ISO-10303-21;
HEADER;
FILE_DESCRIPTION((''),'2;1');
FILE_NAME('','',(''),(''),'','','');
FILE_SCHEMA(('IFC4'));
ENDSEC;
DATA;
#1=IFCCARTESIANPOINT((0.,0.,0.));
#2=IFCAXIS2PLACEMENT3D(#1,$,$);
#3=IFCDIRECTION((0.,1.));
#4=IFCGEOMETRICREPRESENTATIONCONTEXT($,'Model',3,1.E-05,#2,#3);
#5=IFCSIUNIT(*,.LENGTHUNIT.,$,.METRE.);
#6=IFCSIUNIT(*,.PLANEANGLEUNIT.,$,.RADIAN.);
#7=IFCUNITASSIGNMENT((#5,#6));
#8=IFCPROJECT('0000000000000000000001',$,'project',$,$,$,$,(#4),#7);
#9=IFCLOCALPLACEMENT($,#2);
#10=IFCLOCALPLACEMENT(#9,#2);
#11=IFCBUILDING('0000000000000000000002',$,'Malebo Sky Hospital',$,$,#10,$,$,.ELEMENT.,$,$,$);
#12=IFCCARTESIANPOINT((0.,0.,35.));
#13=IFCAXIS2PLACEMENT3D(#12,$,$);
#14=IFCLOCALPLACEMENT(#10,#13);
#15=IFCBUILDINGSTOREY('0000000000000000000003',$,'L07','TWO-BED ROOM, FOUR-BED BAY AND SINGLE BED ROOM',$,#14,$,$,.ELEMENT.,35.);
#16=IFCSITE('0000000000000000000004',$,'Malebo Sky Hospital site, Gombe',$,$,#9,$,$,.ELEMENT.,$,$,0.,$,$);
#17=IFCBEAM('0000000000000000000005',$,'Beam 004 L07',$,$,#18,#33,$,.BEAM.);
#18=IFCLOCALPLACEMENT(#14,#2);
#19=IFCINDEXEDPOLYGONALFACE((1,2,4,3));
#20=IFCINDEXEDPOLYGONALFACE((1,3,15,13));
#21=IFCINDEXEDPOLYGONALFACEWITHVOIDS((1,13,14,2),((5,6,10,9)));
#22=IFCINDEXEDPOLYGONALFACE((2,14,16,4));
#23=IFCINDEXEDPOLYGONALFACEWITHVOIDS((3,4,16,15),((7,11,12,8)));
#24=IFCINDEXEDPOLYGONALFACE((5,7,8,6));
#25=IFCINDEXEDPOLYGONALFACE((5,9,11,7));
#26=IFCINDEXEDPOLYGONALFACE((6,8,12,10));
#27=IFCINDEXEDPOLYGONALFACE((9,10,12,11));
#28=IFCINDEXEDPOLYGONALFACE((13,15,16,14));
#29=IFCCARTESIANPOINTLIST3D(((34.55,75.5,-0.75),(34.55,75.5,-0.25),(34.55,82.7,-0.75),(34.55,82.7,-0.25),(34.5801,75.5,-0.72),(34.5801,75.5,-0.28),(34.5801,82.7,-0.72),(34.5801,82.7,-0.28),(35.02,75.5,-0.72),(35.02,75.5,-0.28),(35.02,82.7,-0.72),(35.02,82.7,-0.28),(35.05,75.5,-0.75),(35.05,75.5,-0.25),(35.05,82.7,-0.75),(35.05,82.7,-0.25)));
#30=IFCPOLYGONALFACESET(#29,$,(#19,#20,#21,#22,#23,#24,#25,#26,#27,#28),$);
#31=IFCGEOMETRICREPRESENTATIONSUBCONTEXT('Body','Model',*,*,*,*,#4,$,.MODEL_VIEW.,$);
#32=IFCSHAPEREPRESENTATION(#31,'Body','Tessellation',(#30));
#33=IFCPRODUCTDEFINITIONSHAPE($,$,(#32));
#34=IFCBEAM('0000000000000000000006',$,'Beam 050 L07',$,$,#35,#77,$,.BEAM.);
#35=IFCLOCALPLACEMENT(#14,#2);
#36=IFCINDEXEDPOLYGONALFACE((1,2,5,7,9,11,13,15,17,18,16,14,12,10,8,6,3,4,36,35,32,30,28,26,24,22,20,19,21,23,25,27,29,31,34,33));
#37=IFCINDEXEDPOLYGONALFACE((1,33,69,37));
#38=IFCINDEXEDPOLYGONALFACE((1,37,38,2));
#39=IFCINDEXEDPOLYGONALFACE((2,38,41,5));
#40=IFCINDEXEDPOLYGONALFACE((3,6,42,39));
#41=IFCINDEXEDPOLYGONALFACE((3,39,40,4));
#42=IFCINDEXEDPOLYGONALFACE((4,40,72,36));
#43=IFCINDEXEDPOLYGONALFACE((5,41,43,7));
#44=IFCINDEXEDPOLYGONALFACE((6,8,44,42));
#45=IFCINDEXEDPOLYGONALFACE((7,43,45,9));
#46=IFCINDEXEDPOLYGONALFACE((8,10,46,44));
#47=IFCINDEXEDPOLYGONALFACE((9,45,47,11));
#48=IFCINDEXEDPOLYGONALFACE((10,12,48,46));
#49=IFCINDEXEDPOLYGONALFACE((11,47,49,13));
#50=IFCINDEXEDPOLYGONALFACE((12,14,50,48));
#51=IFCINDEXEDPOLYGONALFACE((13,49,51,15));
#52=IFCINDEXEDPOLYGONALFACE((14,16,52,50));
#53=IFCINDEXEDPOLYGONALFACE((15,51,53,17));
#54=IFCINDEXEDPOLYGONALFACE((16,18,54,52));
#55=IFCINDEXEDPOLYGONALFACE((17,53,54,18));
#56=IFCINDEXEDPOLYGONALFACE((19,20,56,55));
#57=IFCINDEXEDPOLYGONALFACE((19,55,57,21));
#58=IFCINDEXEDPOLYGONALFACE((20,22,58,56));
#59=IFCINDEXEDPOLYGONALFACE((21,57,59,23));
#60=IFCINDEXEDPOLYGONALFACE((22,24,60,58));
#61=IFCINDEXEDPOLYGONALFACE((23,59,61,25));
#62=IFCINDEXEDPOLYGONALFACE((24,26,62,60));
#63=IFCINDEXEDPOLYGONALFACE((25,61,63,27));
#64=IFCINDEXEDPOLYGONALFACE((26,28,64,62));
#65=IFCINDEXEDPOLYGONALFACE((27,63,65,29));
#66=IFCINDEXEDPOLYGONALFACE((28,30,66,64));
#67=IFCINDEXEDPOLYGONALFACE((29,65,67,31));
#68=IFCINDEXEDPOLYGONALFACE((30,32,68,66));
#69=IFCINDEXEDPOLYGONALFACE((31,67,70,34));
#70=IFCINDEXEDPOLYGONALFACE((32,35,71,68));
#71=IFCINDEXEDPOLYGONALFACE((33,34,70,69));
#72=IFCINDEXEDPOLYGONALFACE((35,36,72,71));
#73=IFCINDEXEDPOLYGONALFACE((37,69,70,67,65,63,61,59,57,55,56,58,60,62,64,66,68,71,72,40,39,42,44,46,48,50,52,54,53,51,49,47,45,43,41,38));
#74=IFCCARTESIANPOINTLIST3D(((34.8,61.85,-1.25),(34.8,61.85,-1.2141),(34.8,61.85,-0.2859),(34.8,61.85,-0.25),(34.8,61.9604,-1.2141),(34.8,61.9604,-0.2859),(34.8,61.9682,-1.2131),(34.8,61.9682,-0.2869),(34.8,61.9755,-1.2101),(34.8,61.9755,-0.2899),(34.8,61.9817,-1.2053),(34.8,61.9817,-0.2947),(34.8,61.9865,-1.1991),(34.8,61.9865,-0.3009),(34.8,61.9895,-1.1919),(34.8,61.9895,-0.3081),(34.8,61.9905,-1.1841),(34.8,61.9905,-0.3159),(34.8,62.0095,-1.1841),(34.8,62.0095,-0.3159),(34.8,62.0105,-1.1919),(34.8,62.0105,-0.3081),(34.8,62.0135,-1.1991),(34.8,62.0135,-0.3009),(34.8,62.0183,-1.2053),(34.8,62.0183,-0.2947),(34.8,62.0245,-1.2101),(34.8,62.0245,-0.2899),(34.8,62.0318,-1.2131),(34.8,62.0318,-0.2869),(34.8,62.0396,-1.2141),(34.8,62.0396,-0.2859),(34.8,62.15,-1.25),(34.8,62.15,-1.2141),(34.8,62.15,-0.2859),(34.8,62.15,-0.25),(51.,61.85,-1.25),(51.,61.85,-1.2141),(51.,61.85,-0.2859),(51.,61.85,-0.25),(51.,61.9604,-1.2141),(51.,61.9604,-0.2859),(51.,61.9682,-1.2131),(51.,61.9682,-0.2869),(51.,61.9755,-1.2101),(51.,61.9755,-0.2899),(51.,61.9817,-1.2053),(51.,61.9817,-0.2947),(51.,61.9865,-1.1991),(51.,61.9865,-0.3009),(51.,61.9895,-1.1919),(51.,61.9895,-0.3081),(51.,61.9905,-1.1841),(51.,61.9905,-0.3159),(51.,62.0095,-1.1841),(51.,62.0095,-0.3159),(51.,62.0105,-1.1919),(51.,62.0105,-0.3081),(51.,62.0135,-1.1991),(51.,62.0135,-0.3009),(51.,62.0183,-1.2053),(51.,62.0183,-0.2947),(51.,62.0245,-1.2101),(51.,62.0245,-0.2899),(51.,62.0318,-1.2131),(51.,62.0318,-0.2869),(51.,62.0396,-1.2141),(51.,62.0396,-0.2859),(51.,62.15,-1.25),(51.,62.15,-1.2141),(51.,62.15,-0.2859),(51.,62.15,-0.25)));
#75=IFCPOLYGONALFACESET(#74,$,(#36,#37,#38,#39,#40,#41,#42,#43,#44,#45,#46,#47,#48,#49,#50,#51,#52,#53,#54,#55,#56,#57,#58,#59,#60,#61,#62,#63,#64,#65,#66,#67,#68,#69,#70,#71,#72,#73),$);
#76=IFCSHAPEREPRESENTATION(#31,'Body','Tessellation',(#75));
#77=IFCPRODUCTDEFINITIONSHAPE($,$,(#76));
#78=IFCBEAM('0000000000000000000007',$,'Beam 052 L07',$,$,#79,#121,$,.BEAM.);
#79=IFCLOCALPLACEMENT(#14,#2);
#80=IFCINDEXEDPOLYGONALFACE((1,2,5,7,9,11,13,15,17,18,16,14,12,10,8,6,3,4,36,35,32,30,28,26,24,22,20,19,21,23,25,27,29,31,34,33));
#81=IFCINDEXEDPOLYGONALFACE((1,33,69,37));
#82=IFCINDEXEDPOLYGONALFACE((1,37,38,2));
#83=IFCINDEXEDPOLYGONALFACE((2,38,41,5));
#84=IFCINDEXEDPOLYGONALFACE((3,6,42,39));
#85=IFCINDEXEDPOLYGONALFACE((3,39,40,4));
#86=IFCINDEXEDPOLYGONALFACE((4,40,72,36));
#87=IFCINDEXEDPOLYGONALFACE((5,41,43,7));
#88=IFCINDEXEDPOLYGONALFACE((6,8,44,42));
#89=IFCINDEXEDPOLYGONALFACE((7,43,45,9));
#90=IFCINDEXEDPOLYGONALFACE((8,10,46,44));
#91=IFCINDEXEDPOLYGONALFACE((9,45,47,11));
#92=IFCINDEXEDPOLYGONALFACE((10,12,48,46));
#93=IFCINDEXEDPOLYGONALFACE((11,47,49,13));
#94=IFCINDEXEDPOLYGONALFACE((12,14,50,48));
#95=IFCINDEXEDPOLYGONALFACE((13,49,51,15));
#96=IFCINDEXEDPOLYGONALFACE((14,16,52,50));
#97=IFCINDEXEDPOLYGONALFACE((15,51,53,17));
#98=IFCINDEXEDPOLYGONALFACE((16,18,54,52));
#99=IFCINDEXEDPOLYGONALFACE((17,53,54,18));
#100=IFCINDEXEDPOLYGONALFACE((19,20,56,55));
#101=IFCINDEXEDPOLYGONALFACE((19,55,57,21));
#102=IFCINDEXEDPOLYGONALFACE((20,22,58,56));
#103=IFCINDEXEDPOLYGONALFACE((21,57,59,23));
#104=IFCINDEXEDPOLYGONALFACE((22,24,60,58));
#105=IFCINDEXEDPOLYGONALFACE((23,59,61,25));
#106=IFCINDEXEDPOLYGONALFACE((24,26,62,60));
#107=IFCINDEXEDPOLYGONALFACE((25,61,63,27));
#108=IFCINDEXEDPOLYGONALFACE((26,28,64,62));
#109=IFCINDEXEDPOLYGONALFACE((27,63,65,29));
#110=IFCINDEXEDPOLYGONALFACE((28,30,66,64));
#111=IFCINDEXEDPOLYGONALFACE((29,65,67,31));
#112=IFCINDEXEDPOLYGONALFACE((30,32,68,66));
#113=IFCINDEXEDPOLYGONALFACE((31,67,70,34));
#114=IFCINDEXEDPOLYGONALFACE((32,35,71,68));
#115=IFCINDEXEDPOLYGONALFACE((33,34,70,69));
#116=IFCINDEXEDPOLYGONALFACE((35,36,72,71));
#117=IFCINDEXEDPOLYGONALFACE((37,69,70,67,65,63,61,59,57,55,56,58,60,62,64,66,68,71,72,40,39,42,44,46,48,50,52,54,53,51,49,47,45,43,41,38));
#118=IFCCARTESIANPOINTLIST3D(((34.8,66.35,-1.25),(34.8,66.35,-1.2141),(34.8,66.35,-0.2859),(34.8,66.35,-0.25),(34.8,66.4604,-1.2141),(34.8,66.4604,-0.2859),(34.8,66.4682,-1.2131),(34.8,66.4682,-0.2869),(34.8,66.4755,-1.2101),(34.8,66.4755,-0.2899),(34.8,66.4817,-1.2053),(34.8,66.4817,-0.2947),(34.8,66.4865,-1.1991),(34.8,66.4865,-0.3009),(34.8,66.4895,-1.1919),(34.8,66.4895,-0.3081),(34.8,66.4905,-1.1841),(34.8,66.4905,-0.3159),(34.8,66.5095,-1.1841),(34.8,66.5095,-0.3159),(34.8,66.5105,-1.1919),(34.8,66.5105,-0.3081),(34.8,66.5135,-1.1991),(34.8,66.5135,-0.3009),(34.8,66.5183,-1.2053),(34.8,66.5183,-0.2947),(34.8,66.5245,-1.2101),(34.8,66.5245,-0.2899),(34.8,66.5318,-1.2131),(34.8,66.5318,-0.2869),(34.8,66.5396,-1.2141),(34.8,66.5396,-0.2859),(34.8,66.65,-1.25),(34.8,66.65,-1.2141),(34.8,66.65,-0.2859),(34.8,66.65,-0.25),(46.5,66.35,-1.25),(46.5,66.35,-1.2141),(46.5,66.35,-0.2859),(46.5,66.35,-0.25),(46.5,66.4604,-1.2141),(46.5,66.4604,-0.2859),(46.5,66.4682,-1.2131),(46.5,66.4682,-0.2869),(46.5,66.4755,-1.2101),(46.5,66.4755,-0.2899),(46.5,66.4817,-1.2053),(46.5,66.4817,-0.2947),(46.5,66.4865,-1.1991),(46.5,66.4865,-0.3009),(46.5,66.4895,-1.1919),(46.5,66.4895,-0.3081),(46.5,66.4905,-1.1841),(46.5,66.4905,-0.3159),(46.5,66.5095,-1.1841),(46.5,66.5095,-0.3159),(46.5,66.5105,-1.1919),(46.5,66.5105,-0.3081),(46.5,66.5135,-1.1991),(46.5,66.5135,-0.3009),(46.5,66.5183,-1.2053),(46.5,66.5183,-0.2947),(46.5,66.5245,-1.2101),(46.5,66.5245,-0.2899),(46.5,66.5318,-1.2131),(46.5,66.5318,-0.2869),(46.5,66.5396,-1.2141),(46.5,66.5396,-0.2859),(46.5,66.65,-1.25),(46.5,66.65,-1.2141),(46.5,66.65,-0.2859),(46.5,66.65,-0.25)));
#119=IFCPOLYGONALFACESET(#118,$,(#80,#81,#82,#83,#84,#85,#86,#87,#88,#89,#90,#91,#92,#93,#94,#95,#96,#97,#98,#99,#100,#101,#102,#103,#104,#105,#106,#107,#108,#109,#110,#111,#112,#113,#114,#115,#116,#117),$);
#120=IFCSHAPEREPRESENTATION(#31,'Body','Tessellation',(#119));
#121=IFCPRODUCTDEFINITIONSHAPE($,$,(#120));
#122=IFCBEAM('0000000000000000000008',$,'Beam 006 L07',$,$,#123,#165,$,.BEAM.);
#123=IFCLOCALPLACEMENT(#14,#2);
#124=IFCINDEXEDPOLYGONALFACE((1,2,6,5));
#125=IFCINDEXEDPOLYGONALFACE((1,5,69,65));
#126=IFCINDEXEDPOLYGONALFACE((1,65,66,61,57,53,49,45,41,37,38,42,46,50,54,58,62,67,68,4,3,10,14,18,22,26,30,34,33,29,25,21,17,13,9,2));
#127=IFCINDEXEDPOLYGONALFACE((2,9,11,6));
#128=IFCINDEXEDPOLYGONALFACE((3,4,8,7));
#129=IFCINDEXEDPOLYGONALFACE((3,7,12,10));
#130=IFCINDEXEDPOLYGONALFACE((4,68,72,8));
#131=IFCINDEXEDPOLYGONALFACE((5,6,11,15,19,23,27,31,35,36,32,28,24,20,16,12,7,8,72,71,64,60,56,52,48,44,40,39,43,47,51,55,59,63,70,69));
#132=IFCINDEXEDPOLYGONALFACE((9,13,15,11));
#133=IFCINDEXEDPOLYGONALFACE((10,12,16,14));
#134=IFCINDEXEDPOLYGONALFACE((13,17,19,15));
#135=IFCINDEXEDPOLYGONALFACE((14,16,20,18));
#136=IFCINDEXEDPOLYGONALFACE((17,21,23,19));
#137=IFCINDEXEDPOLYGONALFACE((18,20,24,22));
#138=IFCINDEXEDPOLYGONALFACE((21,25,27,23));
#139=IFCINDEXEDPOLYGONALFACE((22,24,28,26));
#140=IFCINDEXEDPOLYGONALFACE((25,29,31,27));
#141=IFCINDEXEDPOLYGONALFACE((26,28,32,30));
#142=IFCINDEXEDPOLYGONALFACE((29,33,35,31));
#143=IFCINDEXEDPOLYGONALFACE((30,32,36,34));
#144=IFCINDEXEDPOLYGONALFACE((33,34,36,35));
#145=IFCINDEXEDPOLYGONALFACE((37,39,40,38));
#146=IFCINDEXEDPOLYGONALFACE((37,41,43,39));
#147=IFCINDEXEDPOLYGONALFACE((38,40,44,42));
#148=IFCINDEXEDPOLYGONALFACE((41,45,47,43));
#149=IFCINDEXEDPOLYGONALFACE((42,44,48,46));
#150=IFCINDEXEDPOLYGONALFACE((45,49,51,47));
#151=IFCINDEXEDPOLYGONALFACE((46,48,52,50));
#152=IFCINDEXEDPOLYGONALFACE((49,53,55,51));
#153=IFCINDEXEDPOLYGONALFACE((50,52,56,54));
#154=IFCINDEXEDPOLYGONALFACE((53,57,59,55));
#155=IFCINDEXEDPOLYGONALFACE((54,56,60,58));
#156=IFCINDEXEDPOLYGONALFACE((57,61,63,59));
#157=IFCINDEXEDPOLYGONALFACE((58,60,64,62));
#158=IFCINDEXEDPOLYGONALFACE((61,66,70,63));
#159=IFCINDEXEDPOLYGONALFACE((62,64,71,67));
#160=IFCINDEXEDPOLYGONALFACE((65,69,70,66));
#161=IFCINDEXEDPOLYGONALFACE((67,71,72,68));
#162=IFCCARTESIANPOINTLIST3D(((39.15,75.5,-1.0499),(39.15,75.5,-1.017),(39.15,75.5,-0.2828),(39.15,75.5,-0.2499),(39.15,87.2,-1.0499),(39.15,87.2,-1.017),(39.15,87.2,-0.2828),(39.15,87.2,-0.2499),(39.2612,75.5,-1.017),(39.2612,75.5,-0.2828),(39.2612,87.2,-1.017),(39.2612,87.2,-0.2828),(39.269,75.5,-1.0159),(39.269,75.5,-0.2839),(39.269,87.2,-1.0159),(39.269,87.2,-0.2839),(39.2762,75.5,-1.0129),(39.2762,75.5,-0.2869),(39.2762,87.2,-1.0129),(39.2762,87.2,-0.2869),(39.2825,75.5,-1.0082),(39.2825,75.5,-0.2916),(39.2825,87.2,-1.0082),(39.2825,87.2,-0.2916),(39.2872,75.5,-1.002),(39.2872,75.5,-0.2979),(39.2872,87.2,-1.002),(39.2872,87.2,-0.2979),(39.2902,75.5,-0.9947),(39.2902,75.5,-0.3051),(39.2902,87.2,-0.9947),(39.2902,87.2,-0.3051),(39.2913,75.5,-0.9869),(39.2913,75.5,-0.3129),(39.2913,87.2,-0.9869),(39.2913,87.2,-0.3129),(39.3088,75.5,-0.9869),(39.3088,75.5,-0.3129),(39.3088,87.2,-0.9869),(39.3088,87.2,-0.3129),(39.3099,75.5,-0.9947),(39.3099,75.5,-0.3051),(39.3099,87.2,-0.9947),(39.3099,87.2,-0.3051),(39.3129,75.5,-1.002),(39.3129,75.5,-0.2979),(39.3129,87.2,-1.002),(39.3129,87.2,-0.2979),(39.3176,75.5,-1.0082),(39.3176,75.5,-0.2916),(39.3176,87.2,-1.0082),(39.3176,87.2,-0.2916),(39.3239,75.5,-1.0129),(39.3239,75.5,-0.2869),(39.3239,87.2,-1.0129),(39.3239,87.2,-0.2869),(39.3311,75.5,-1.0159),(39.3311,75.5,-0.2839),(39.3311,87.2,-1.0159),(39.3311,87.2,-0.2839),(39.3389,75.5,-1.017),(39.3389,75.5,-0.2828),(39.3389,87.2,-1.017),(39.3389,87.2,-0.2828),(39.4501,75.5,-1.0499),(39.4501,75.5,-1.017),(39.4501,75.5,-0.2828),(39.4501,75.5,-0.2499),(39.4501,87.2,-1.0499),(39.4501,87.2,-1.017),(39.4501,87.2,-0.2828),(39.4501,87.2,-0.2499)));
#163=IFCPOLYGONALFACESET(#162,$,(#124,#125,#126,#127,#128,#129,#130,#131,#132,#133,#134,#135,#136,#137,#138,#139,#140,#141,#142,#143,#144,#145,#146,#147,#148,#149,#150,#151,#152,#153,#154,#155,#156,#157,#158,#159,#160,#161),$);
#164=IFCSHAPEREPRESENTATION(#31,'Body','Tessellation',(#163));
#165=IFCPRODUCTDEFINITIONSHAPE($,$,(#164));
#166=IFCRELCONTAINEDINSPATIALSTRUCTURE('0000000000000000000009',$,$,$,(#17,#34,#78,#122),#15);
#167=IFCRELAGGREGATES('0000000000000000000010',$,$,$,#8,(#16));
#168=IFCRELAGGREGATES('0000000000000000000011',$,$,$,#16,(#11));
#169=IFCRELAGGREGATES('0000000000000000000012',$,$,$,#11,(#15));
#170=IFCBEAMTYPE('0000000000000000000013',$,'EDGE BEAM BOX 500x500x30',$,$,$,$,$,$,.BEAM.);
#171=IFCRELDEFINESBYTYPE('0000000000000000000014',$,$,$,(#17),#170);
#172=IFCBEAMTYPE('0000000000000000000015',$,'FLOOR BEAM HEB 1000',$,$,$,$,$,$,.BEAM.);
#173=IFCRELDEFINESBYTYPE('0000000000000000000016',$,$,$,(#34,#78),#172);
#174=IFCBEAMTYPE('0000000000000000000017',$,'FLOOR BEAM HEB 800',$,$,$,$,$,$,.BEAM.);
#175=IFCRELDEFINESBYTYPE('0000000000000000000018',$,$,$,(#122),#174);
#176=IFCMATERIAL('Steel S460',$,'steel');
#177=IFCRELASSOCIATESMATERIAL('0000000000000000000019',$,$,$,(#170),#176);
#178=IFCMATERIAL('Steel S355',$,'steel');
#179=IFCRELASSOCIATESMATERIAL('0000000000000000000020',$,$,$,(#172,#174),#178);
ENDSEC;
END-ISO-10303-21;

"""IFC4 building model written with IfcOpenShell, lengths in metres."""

from ifc_helpers import new_model, si_unit, direction, frame, origin, origin_2d, place, context, subcontext, project, spatial, hollow_rectangle, i_section, extrude, material, material_profile, profile_set, type_object, element, save


model = new_model("IFC4")

# Units and contexts
model_context = context("Model", 3, precision=1e-05, world=origin(), true_north=direction((0.0, 1.0)))
body_context = subcontext(model_context, "Body", "Model", "MODEL_VIEW")
ifc_project = project(units=[si_unit("LENGTHUNIT", "METRE"), si_unit("PLANEANGLEUNIT", "RADIAN")], contexts=[model_context])

# Site, building, storey
site_placement = place(None, origin())
site = spatial("IfcSite", under=ifc_project, at=site_placement, Name="Malebo Sky Hospital site, Gombe", CompositionType="ELEMENT", RefElevation=0.0)
building_placement = place(site_placement, origin())
building = spatial("IfcBuilding", under=site, at=building_placement, Name="Malebo Sky Hospital", CompositionType="ELEMENT")
storey_placement = place(building_placement, frame((0.0, 0.0, 35.0)))
storey = spatial("IfcBuildingStorey", under=building, at=storey_placement, Name="L07", Description="TWO-BED ROOM, FOUR-BED BAY AND SINGLE BED ROOM", CompositionType="ELEMENT", Elevation=35.0)

# Shared definitions
ifc_material_1 = material(Name="Steel S460", Category="steel")

# Beams
ifc_material_profile_1 = material_profile(ifc_material_1, hollow_rectangle(XDim=0.5, YDim=0.5, WallThickness=0.03, at=origin_2d()), Name="BOX 500x500x30")
ifc_profile_set_1 = profile_set([ifc_material_profile_1], Name="Steel S460")
beam_type_1 = type_object("IfcBeamType", Name="EDGE BEAM BOX 500x500x30", PredefinedType="BEAM", material=ifc_profile_set_1)
beam_1_placement = place(storey_placement, frame((34.8, 75.5, -0.5), z_axis=(0.0, 1.0, 0.0), x_axis=(-1.0, 0.0, 0.0)))
element("IfcBeam", 1, at=beam_1_placement, inside=storey, type_object=beam_type_1, Name="Beam 004 L07", PredefinedType="BEAM", context=body_context, shape_type="SweptSolid", body=[
    extrude(hollow_rectangle(XDim=0.5, YDim=0.5, WallThickness=0.03, at=origin_2d()), origin(), (0.0, 0.0, 1.0), 7.2),
])
ifc_material_2 = material(Name="Steel S355", Category="steel")
ifc_material_profile_2 = material_profile(ifc_material_2, i_section(OverallWidth=0.3, OverallDepth=1.0, WebThickness=0.019, FlangeThickness=0.0359, FilletRadius=0.03, at=origin_2d()), Name="HEB 1000")
ifc_profile_set_2 = profile_set([ifc_material_profile_2], Name="Steel S355")
beam_type_2 = type_object("IfcBeamType", Name="FLOOR BEAM HEB 1000", PredefinedType="BEAM", material=ifc_profile_set_2)
beam_2_placement = place(storey_placement, frame((34.8, 62.0, -0.75), z_axis=(1.0, 0.0, 0.0), x_axis=(0.0, 1.0, 0.0)))
element("IfcBeam", 2, at=beam_2_placement, inside=storey, type_object=beam_type_2, Name="Beam 050 L07", PredefinedType="BEAM", context=body_context, shape_type="SweptSolid", body=[
    extrude(i_section(OverallWidth=0.3, OverallDepth=1.0, WebThickness=0.019, FlangeThickness=0.0359, FilletRadius=0.03, at=origin_2d()), origin(), (0.0, 0.0, 1.0), 16.2),
])
beam_3_placement = place(storey_placement, frame((34.8, 66.5, -0.75), z_axis=(1.0, 0.0, 0.0), x_axis=(0.0, 1.0, 0.0)))
element("IfcBeam", 3, at=beam_3_placement, inside=storey, type_object=beam_type_2, Name="Beam 052 L07", PredefinedType="BEAM", context=body_context, shape_type="SweptSolid", body=[
    extrude(i_section(OverallWidth=0.3, OverallDepth=1.0, WebThickness=0.019, FlangeThickness=0.0359, FilletRadius=0.03, at=origin_2d()), origin(), (0.0, 0.0, 1.0), 11.7),
])
ifc_material_profile_3 = material_profile(ifc_material_2, i_section(OverallWidth=0.3, OverallDepth=0.8, WebThickness=0.0176, FlangeThickness=0.033, FilletRadius=0.03, at=origin_2d()), Name="HEB 800")
ifc_profile_set_3 = profile_set([ifc_material_profile_3], Name="Steel S355")
beam_type_3 = type_object("IfcBeamType", Name="FLOOR BEAM HEB 800", PredefinedType="BEAM", material=ifc_profile_set_3)
beam_4_placement = place(storey_placement, frame((39.3, 75.5, -0.6499), z_axis=(0.0, 1.0, 0.0), x_axis=(-1.0, 0.0, 0.0)))
element("IfcBeam", 4, at=beam_4_placement, inside=storey, type_object=beam_type_3, Name="Beam 006 L07", PredefinedType="BEAM", context=body_context, shape_type="SweptSolid", body=[
    extrude(i_section(OverallWidth=0.3, OverallDepth=0.8, WebThickness=0.0176, FlangeThickness=0.033, FilletRadius=0.03, at=origin_2d()), origin(), (0.0, 0.0, 1.0), 11.7),
])

save(model, "model.ifc")
